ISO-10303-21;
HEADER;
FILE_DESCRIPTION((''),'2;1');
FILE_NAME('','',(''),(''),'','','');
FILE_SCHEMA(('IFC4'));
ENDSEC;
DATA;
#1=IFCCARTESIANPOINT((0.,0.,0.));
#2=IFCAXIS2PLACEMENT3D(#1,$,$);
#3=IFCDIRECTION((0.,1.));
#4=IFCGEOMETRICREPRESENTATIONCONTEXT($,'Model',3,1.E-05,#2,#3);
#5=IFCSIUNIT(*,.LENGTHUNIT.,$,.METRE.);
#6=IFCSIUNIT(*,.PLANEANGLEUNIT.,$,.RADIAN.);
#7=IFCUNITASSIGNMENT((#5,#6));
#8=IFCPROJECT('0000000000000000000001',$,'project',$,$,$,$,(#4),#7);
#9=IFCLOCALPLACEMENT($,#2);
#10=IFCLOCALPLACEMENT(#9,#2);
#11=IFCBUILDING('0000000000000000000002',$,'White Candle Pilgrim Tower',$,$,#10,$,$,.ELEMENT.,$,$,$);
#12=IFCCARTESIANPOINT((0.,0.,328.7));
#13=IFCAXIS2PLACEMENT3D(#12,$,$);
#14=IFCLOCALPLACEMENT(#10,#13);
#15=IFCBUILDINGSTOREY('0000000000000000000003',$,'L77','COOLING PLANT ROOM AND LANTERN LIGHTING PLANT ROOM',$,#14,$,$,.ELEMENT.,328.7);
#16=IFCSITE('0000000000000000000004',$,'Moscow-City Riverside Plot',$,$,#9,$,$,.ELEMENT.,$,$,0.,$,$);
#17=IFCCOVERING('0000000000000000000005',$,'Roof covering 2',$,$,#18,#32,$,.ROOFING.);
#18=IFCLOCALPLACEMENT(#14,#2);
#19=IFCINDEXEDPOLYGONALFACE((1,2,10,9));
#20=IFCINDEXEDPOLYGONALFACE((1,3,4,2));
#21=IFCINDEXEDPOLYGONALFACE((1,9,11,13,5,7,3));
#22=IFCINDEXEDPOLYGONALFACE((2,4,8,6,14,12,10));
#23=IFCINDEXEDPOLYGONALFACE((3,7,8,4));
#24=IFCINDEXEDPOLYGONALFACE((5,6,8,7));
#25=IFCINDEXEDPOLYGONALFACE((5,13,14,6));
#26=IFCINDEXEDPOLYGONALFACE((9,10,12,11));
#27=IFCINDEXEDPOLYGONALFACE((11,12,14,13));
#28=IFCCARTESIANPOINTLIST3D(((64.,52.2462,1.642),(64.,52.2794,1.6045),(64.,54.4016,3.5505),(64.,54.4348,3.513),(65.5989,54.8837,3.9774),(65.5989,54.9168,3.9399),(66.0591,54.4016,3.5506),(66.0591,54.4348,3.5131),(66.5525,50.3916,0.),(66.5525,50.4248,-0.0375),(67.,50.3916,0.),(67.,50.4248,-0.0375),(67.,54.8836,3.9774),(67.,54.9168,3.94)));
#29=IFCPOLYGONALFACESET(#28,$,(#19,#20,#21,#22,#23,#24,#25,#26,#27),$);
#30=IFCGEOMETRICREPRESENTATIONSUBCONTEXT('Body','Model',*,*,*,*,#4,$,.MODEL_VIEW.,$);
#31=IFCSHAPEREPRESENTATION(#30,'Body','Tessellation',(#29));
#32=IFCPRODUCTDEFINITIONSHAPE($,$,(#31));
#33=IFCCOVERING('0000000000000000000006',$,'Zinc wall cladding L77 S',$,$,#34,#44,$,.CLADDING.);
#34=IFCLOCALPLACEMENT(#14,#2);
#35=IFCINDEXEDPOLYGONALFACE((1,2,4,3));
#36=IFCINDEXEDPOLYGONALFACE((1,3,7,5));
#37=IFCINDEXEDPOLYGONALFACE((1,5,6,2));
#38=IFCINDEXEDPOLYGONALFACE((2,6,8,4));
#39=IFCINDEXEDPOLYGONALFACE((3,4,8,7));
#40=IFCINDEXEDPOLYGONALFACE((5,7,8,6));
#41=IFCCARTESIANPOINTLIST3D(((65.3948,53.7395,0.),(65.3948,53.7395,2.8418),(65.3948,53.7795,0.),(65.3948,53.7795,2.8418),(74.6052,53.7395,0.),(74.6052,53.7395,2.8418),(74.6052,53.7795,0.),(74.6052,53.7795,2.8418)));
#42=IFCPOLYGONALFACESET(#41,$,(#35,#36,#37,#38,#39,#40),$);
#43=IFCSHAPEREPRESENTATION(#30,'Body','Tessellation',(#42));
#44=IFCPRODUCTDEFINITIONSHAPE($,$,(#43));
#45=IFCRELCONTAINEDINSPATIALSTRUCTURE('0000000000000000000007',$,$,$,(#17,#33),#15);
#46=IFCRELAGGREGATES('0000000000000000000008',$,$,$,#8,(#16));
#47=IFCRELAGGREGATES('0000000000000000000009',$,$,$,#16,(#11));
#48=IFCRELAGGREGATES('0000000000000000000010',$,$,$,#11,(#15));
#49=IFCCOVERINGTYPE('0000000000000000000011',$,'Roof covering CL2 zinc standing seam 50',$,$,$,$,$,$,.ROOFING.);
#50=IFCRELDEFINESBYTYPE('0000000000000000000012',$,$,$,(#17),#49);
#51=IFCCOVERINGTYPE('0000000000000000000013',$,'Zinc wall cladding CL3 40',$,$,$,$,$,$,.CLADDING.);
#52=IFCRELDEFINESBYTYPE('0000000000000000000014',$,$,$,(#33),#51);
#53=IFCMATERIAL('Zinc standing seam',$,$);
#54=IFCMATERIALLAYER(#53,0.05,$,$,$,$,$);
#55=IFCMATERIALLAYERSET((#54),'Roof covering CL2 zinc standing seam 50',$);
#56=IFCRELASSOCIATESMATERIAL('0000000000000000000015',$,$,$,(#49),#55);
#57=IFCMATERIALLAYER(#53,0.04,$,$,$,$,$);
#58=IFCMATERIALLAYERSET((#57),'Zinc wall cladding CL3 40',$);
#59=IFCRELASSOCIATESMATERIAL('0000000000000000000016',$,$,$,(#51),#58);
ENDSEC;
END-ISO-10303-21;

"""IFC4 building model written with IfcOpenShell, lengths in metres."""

from ifc_helpers import new_model, si_unit, direction, frame, origin, place, context, subcontext, project, spatial, polyline, outline, extrude, material, layer, layer_set, type_object, element, save


model = new_model("IFC4")

# Units and contexts
model_context = context("Model", 3, precision=1e-05, world=origin(), true_north=direction((0.0, 1.0)))
body_context = subcontext(model_context, "Body", "Model", "MODEL_VIEW")
ifc_project = project(units=[si_unit("LENGTHUNIT", "METRE"), si_unit("PLANEANGLEUNIT", "RADIAN")], contexts=[model_context])

# Site, building, storey
site_placement = place(None, origin())
site = spatial("IfcSite", under=ifc_project, at=site_placement, Name="Moscow-City Riverside Plot", CompositionType="ELEMENT", RefElevation=0.0)
building_placement = place(site_placement, origin())
building = spatial("IfcBuilding", under=site, at=building_placement, Name="White Candle Pilgrim Tower", CompositionType="ELEMENT")
storey_placement = place(building_placement, frame((0.0, 0.0, 328.7)))
storey = spatial("IfcBuildingStorey", under=building, at=storey_placement, Name="L77", Description="COOLING PLANT ROOM AND LANTERN LIGHTING PLANT ROOM", CompositionType="ELEMENT", Elevation=328.7)

# Coverings
ifc_material_1 = material(Name="Zinc standing seam")
ifc_layer_1 = layer(ifc_material_1, 0.05)
ifc_layer_set_1 = layer_set([ifc_layer_1], Name="Roof covering CL2 zinc standing seam 50")
covering_type_1 = type_object("IfcCoveringType", Name="Roof covering CL2 zinc standing seam 50", PredefinedType="ROOFING", material=ifc_layer_set_1)
covering_1_placement = place(storey_placement, frame((67.0, 50.3916, 0.0), z_axis=(-0.000029, -0.66292, 0.74869), x_axis=(-1.0, 0.00002, -0.000022)))
element("IfcCovering", 1, at=covering_1_placement, inside=storey, type_object=covering_type_1, Name="Roof covering 2", PredefinedType="ROOFING", context=body_context, shape_type="SweptSolid", body=[
    extrude(outline(polyline([(0.0, 0.0), (0.4475, 0.0), (3.0, -2.477), (3.0, -5.356), (0.9409, -5.356), (1.4011, -5.9999), (0.0, -5.9999), (0.0, 0.0)])), origin(), (0.0, 0.0, -1.0), 0.05),
])
ifc_layer_2 = layer(ifc_material_1, 0.04)
ifc_layer_set_2 = layer_set([ifc_layer_2], Name="Zinc wall cladding CL3 40")
covering_type_2 = type_object("IfcCoveringType", Name="Zinc wall cladding CL3 40", PredefinedType="CLADDING", material=ifc_layer_set_2)
covering_2_placement = place(storey_placement, frame((65.3948, 53.7795, 2.8418), z_axis=(0.0, 1.0, 0.0), x_axis=(1.0, 0.0, 0.0)))
element("IfcCovering", 2, at=covering_2_placement, inside=storey, type_object=covering_type_2, Name="Zinc wall cladding L77 S", PredefinedType="CLADDING", context=body_context, shape_type="SweptSolid", body=[
    extrude(outline(polyline([(0.0, 0.0), (9.2104, 0.0), (9.2104, 2.8418), (0.0, 2.8418), (0.0, 0.0)])), origin(), (0.0, 0.0, -1.0), 0.04),
])

save(model, "model.ifc")
